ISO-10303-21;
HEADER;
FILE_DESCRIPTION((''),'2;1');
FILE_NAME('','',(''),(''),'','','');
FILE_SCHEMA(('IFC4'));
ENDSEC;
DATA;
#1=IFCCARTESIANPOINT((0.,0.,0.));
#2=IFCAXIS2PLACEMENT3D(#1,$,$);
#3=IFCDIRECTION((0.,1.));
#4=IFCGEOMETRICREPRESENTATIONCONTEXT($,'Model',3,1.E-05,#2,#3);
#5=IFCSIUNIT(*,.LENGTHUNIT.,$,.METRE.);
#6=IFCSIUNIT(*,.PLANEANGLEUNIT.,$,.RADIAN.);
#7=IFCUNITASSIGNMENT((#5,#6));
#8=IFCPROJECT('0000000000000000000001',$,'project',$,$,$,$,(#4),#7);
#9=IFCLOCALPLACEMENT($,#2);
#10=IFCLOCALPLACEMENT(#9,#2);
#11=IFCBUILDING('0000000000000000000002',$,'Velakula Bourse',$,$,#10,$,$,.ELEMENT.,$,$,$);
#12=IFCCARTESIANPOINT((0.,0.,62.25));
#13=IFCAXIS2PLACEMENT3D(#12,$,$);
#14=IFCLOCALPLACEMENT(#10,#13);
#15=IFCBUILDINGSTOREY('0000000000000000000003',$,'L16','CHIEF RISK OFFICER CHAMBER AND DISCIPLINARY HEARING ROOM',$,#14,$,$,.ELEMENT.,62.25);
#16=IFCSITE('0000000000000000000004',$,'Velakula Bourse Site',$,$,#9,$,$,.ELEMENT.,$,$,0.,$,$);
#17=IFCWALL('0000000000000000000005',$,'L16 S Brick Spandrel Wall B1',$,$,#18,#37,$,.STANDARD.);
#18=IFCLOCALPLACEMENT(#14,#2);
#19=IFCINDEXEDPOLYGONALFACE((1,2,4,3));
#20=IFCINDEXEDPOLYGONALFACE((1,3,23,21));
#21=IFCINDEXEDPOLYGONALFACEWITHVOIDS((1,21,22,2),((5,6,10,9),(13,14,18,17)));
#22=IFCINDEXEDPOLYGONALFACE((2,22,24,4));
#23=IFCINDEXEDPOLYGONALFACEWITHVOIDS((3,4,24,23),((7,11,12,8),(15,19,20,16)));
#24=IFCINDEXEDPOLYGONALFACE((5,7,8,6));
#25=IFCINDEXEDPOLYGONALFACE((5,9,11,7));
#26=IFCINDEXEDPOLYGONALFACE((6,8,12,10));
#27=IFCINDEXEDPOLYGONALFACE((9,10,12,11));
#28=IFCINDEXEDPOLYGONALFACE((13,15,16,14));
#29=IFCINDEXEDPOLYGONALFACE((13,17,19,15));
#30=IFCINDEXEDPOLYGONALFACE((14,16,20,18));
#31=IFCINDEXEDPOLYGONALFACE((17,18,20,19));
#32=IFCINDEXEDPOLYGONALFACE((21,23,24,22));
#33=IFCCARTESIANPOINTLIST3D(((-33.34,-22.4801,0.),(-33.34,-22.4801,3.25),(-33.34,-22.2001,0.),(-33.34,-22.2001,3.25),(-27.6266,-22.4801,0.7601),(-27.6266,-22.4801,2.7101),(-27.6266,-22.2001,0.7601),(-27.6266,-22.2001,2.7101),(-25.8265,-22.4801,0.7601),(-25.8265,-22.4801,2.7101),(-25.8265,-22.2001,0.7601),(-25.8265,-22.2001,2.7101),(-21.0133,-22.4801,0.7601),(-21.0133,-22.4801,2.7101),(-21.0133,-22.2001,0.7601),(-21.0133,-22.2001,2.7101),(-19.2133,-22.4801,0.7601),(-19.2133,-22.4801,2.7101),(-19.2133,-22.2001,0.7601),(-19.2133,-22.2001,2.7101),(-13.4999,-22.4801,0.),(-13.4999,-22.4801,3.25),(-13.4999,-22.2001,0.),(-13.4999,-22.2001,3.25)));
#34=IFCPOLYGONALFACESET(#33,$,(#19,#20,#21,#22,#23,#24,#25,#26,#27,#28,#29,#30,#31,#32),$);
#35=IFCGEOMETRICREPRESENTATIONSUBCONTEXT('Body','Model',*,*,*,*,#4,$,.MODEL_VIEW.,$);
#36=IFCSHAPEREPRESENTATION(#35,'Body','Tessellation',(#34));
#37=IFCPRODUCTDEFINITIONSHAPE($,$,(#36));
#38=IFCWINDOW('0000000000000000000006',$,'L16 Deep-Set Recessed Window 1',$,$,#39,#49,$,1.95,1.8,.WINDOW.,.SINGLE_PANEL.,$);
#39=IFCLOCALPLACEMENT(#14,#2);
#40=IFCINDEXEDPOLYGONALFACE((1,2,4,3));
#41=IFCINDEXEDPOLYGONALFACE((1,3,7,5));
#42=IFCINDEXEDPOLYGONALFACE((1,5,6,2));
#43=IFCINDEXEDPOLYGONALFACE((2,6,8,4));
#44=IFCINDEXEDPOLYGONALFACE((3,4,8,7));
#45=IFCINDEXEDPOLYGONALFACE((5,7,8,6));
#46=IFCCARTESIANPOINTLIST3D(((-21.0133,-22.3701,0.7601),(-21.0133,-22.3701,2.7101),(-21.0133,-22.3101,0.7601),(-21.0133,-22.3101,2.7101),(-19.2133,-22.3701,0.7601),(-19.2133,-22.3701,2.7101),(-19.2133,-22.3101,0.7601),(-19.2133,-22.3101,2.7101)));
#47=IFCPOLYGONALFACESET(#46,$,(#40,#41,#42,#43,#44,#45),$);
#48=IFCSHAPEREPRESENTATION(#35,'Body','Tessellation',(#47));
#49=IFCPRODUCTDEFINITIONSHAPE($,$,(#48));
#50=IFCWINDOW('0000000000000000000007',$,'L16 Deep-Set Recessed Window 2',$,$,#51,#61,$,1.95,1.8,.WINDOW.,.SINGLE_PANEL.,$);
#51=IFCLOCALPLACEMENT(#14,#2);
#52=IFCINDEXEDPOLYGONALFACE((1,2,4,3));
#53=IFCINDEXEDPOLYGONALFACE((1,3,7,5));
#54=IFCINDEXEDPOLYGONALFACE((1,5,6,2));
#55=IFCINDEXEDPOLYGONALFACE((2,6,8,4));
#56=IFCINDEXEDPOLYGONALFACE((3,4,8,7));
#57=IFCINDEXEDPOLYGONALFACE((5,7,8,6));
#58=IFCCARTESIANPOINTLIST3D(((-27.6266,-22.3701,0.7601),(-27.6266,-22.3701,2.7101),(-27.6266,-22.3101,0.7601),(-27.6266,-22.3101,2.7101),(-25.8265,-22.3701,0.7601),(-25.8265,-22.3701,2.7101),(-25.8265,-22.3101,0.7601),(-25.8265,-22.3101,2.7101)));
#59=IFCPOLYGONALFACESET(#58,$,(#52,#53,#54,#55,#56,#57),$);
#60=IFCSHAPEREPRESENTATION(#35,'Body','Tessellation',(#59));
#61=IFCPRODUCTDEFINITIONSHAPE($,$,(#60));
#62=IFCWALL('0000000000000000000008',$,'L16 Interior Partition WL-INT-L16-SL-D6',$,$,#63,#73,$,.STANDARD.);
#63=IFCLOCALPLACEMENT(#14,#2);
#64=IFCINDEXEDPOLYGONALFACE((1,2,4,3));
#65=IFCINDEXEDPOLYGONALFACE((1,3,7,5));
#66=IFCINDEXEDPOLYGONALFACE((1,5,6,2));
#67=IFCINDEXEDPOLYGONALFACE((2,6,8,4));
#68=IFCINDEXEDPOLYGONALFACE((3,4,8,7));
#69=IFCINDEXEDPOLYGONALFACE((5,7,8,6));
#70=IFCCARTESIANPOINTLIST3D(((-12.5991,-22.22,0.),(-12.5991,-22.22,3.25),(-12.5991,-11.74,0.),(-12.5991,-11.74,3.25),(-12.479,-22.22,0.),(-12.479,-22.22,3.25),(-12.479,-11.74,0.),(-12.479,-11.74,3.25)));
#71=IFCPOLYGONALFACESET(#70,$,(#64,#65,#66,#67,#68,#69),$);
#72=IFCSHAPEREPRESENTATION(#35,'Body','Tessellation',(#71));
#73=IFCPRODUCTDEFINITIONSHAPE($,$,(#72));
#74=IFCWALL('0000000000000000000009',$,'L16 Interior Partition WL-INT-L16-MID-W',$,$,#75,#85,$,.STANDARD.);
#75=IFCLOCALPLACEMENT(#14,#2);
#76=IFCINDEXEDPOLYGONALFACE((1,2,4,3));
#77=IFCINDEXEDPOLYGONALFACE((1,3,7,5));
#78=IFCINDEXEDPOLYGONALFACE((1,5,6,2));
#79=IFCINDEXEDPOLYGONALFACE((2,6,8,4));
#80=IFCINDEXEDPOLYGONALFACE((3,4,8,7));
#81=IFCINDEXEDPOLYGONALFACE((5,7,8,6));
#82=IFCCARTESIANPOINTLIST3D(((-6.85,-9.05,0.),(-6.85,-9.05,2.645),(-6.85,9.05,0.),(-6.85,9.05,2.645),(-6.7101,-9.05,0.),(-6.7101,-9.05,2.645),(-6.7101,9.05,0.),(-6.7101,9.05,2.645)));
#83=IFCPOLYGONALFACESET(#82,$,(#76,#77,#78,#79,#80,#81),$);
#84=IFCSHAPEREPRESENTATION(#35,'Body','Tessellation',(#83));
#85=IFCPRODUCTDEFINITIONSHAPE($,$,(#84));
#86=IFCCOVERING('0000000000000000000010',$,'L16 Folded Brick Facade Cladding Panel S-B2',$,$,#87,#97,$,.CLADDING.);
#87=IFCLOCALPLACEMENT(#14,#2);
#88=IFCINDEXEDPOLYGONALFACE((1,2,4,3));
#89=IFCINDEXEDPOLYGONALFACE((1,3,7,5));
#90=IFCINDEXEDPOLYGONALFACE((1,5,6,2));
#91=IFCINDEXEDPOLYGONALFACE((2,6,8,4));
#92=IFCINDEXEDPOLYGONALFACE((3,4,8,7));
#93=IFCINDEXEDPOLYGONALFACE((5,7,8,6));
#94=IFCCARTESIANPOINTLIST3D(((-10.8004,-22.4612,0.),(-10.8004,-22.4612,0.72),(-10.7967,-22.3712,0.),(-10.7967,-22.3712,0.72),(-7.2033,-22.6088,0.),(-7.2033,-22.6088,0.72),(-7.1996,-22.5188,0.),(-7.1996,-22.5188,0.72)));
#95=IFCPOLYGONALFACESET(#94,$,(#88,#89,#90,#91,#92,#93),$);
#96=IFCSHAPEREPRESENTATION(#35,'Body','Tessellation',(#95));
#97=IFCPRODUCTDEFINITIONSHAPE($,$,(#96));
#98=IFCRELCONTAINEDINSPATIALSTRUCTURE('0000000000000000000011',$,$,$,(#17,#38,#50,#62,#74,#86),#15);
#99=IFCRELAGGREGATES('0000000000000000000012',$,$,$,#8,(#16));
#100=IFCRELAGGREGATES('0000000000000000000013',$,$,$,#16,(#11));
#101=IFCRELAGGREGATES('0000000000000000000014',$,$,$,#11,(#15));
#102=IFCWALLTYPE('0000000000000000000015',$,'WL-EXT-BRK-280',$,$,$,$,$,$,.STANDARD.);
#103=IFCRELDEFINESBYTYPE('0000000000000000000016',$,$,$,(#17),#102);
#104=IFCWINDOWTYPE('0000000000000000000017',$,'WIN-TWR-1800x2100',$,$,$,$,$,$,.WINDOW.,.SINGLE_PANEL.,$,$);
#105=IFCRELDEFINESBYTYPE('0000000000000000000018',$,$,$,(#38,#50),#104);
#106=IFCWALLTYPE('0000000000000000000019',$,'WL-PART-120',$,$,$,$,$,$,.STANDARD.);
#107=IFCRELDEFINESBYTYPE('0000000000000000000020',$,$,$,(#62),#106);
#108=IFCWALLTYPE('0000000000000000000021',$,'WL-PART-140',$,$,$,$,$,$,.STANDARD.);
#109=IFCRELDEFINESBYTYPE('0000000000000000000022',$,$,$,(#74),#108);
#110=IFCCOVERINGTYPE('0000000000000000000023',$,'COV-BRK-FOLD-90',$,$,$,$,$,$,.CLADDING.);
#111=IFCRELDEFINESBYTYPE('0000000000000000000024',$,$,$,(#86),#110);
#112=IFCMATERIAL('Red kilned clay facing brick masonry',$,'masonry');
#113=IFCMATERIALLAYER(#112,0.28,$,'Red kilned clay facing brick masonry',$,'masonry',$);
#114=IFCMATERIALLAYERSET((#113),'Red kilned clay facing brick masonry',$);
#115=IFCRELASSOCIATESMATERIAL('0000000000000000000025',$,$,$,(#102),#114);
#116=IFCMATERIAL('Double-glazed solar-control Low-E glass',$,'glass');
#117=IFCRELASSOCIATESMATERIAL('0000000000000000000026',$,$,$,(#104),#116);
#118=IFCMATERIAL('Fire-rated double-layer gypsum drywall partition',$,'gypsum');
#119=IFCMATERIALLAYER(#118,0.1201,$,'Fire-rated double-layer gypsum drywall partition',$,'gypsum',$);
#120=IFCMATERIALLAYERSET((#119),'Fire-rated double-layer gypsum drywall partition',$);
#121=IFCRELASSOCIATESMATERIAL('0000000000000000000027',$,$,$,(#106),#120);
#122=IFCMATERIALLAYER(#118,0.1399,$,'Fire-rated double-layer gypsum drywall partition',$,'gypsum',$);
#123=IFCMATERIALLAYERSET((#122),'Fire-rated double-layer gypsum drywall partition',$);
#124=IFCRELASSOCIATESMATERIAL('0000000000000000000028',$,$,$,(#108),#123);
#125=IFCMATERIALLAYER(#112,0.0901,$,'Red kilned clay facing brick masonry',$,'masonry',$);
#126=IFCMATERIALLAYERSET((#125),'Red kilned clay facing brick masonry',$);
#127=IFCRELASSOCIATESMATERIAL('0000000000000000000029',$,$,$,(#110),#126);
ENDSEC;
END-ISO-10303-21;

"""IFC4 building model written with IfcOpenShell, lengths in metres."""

from ifc_helpers import new_model, si_unit, direction, frame, frame_2d, origin, origin_2d, place, context, subcontext, project, spatial, rectangle, extrude, material, layer, layer_set, type_object, element, fill, save


model = new_model("IFC4")

# Units and contexts
model_context = context("Model", 3, precision=1e-05, world=origin(), true_north=direction((0.0, 1.0)))
body_context = subcontext(model_context, "Body", "Model", "MODEL_VIEW")
ifc_project = project(units=[si_unit("LENGTHUNIT", "METRE"), si_unit("PLANEANGLEUNIT", "RADIAN")], contexts=[model_context])

# Site, building, storey
site_placement = place(None, origin())
site = spatial("IfcSite", under=ifc_project, at=site_placement, Name="Velakula Bourse Site", CompositionType="ELEMENT", RefElevation=0.0)
building_placement = place(site_placement, origin())
building = spatial("IfcBuilding", under=site, at=building_placement, Name="Velakula Bourse", CompositionType="ELEMENT")
storey_placement = place(building_placement, frame((0.0, 0.0, 62.25)))
storey = spatial("IfcBuildingStorey", under=building, at=storey_placement, Name="L16", Description="CHIEF RISK OFFICER CHAMBER AND DISCIPLINARY HEARING ROOM", CompositionType="ELEMENT", Elevation=62.25)

# Wall, openings, windows
ifc_material_1 = material(Name="Red kilned clay facing brick masonry", Category="masonry")
ifc_layer_1 = layer(ifc_material_1, 0.28, Name="Red kilned clay facing brick masonry", Category="masonry")
ifc_layer_set_1 = layer_set([ifc_layer_1], Name="Red kilned clay facing brick masonry")
wall_type_1 = type_object("IfcWallType", Name="WL-EXT-BRK-280", PredefinedType="STANDARD", material=ifc_layer_set_1)
wall_1_placement = place(storey_placement, frame((-13.5, -22.3401, 0.0), z_axis=(0.0, 0.0, 1.0), x_axis=(-1.0, 0.0, 0.0)))
wall_1 = element("IfcWall", 1, at=wall_1_placement, inside=storey, type_object=wall_type_1, Name="L16 S Brick Spandrel Wall B1", PredefinedType="STANDARD", context=body_context, shape_type="SweptSolid", body=[
    extrude(rectangle(XDim=19.8401, YDim=0.28, at=frame_2d((9.9199, 0.0))), origin(), (0.0, 0.0, 1.0), 3.25),
])
opening_1_placement = place(wall_1_placement, frame((5.7134, 0.0, 0.76)))
opening_1 = element("IfcOpeningElement", 2, at=opening_1_placement, cuts=wall_1, PredefinedType="OPENING", context=body_context, shape_type="SweptSolid", body=[
    extrude(rectangle(XDim=1.8, YDim=1.95, at=frame_2d((0.8999, 0.9751))), frame((0.0, 0.1499, 0.0), z_axis=(0.0, -1.0, 0.0), x_axis=(1.0, 0.0, 0.0)), (0.0, 0.0, 1.0), 0.3),
])
opening_2_placement = place(wall_1_placement, frame((12.3267, 0.0, 0.76)))
opening_2 = element("IfcOpeningElement", 3, at=opening_2_placement, cuts=wall_1, PredefinedType="OPENING", context=body_context, shape_type="SweptSolid", body=[
    extrude(rectangle(XDim=1.8, YDim=1.95, at=frame_2d((0.8999, 0.9751))), frame((0.0, 0.1499, 0.0), z_axis=(0.0, -1.0, 0.0), x_axis=(1.0, 0.0, 0.0)), (0.0, 0.0, 1.0), 0.3),
])
ifc_material_2 = material(Name="Double-glazed solar-control Low-E glass", Category="glass")
window_type = type_object("IfcWindowType", Name="WIN-TWR-1800x2100", PartitioningType="SINGLE_PANEL", PredefinedType="WINDOW", material=ifc_material_2)
window_1_placement = place(opening_1_placement, origin())
window_1 = element("IfcWindow", 4, at=window_1_placement, inside=storey, type_object=window_type, Name="L16 Deep-Set Recessed Window 1", OverallHeight=1.95, OverallWidth=1.8, PartitioningType="SINGLE_PANEL", PredefinedType="WINDOW", context=body_context, shape_type="SweptSolid", body=[
    extrude(rectangle(XDim=1.8, YDim=1.95, at=frame_2d((0.8999, 0.9751))), frame((0.0, 0.03, 0.0), z_axis=(0.0, -1.0, 0.0), x_axis=(1.0, 0.0, 0.0)), (0.0, 0.0, 1.0), 0.0601),
])
fill(opening_1, window_1)
window_2_placement = place(opening_2_placement, origin())
window_2 = element("IfcWindow", 5, at=window_2_placement, inside=storey, type_object=window_type, Name="L16 Deep-Set Recessed Window 2", OverallHeight=1.95, OverallWidth=1.8, PartitioningType="SINGLE_PANEL", PredefinedType="WINDOW", context=body_context, shape_type="SweptSolid", body=[
    extrude(rectangle(XDim=1.8, YDim=1.95, at=frame_2d((0.8999, 0.9751))), frame((0.0, 0.03, 0.0), z_axis=(0.0, -1.0, 0.0), x_axis=(1.0, 0.0, 0.0)), (0.0, 0.0, 1.0), 0.0601),
])
fill(opening_2, window_2)

# Walls
ifc_material_3 = material(Name="Fire-rated double-layer gypsum drywall partition", Category="gypsum")
ifc_layer_2 = layer(ifc_material_3, 0.1201, Name="Fire-rated double-layer gypsum drywall partition", Category="gypsum")
ifc_layer_set_2 = layer_set([ifc_layer_2], Name="Fire-rated double-layer gypsum drywall partition")
wall_type_2 = type_object("IfcWallType", Name="WL-PART-120", PredefinedType="STANDARD", material=ifc_layer_set_2)
wall_2_placement = place(storey_placement, frame((-12.5391, -22.22, 0.0), z_axis=(0.0, 0.0, 1.0), x_axis=(0.0, 1.0, 0.0)))
element("IfcWall", 6, at=wall_2_placement, inside=storey, type_object=wall_type_2, Name="L16 Interior Partition WL-INT-L16-SL-D6", PredefinedType="STANDARD", context=body_context, shape_type="SweptSolid", body=[
    extrude(rectangle(XDim=10.48, YDim=0.1201, at=frame_2d((5.24, 0.0))), origin(), (0.0, 0.0, 1.0), 3.25),
])
ifc_layer_3 = layer(ifc_material_3, 0.1399, Name="Fire-rated double-layer gypsum drywall partition", Category="gypsum")
ifc_layer_set_3 = layer_set([ifc_layer_3], Name="Fire-rated double-layer gypsum drywall partition")
wall_type_3 = type_object("IfcWallType", Name="WL-PART-140", PredefinedType="STANDARD", material=ifc_layer_set_3)
wall_3_placement = place(storey_placement, frame((-6.78, -9.05, 0.0), z_axis=(0.0, 0.0, 1.0), x_axis=(0.0, 1.0, 0.0)))
element("IfcWall", 7, at=wall_3_placement, inside=storey, type_object=wall_type_3, Name="L16 Interior Partition WL-INT-L16-MID-W", PredefinedType="STANDARD", context=body_context, shape_type="SweptSolid", body=[
    extrude(rectangle(XDim=18.1001, YDim=0.1399, at=frame_2d((9.05, 0.0))), origin(), (0.0, 0.0, 1.0), 2.645),
])

# Covering
ifc_layer_4 = layer(ifc_material_1, 0.0901, Name="Red kilned clay facing brick masonry", Category="masonry")
ifc_layer_set_4 = layer_set([ifc_layer_4], Name="Red kilned clay facing brick masonry")
covering_type = type_object("IfcCoveringType", Name="COV-BRK-FOLD-90", PredefinedType="CLADDING", material=ifc_layer_set_4)
covering_placement = place(storey_placement, frame((-9.0, -22.49, 0.0), z_axis=(0.0, 0.0, 1.0), x_axis=(0.999159, -0.041004, 0.0)))
element("IfcCovering", 8, at=covering_placement, inside=storey, type_object=covering_type, Name="L16 Folded Brick Facade Cladding Panel S-B2", PredefinedType="CLADDING", context=body_context, shape_type="SweptSolid", body=[
    extrude(rectangle(XDim=3.6001, YDim=0.0901, at=origin_2d()), origin(), (0.0, 0.0, 1.0), 0.72),
])

save(model, "model.ifc")
